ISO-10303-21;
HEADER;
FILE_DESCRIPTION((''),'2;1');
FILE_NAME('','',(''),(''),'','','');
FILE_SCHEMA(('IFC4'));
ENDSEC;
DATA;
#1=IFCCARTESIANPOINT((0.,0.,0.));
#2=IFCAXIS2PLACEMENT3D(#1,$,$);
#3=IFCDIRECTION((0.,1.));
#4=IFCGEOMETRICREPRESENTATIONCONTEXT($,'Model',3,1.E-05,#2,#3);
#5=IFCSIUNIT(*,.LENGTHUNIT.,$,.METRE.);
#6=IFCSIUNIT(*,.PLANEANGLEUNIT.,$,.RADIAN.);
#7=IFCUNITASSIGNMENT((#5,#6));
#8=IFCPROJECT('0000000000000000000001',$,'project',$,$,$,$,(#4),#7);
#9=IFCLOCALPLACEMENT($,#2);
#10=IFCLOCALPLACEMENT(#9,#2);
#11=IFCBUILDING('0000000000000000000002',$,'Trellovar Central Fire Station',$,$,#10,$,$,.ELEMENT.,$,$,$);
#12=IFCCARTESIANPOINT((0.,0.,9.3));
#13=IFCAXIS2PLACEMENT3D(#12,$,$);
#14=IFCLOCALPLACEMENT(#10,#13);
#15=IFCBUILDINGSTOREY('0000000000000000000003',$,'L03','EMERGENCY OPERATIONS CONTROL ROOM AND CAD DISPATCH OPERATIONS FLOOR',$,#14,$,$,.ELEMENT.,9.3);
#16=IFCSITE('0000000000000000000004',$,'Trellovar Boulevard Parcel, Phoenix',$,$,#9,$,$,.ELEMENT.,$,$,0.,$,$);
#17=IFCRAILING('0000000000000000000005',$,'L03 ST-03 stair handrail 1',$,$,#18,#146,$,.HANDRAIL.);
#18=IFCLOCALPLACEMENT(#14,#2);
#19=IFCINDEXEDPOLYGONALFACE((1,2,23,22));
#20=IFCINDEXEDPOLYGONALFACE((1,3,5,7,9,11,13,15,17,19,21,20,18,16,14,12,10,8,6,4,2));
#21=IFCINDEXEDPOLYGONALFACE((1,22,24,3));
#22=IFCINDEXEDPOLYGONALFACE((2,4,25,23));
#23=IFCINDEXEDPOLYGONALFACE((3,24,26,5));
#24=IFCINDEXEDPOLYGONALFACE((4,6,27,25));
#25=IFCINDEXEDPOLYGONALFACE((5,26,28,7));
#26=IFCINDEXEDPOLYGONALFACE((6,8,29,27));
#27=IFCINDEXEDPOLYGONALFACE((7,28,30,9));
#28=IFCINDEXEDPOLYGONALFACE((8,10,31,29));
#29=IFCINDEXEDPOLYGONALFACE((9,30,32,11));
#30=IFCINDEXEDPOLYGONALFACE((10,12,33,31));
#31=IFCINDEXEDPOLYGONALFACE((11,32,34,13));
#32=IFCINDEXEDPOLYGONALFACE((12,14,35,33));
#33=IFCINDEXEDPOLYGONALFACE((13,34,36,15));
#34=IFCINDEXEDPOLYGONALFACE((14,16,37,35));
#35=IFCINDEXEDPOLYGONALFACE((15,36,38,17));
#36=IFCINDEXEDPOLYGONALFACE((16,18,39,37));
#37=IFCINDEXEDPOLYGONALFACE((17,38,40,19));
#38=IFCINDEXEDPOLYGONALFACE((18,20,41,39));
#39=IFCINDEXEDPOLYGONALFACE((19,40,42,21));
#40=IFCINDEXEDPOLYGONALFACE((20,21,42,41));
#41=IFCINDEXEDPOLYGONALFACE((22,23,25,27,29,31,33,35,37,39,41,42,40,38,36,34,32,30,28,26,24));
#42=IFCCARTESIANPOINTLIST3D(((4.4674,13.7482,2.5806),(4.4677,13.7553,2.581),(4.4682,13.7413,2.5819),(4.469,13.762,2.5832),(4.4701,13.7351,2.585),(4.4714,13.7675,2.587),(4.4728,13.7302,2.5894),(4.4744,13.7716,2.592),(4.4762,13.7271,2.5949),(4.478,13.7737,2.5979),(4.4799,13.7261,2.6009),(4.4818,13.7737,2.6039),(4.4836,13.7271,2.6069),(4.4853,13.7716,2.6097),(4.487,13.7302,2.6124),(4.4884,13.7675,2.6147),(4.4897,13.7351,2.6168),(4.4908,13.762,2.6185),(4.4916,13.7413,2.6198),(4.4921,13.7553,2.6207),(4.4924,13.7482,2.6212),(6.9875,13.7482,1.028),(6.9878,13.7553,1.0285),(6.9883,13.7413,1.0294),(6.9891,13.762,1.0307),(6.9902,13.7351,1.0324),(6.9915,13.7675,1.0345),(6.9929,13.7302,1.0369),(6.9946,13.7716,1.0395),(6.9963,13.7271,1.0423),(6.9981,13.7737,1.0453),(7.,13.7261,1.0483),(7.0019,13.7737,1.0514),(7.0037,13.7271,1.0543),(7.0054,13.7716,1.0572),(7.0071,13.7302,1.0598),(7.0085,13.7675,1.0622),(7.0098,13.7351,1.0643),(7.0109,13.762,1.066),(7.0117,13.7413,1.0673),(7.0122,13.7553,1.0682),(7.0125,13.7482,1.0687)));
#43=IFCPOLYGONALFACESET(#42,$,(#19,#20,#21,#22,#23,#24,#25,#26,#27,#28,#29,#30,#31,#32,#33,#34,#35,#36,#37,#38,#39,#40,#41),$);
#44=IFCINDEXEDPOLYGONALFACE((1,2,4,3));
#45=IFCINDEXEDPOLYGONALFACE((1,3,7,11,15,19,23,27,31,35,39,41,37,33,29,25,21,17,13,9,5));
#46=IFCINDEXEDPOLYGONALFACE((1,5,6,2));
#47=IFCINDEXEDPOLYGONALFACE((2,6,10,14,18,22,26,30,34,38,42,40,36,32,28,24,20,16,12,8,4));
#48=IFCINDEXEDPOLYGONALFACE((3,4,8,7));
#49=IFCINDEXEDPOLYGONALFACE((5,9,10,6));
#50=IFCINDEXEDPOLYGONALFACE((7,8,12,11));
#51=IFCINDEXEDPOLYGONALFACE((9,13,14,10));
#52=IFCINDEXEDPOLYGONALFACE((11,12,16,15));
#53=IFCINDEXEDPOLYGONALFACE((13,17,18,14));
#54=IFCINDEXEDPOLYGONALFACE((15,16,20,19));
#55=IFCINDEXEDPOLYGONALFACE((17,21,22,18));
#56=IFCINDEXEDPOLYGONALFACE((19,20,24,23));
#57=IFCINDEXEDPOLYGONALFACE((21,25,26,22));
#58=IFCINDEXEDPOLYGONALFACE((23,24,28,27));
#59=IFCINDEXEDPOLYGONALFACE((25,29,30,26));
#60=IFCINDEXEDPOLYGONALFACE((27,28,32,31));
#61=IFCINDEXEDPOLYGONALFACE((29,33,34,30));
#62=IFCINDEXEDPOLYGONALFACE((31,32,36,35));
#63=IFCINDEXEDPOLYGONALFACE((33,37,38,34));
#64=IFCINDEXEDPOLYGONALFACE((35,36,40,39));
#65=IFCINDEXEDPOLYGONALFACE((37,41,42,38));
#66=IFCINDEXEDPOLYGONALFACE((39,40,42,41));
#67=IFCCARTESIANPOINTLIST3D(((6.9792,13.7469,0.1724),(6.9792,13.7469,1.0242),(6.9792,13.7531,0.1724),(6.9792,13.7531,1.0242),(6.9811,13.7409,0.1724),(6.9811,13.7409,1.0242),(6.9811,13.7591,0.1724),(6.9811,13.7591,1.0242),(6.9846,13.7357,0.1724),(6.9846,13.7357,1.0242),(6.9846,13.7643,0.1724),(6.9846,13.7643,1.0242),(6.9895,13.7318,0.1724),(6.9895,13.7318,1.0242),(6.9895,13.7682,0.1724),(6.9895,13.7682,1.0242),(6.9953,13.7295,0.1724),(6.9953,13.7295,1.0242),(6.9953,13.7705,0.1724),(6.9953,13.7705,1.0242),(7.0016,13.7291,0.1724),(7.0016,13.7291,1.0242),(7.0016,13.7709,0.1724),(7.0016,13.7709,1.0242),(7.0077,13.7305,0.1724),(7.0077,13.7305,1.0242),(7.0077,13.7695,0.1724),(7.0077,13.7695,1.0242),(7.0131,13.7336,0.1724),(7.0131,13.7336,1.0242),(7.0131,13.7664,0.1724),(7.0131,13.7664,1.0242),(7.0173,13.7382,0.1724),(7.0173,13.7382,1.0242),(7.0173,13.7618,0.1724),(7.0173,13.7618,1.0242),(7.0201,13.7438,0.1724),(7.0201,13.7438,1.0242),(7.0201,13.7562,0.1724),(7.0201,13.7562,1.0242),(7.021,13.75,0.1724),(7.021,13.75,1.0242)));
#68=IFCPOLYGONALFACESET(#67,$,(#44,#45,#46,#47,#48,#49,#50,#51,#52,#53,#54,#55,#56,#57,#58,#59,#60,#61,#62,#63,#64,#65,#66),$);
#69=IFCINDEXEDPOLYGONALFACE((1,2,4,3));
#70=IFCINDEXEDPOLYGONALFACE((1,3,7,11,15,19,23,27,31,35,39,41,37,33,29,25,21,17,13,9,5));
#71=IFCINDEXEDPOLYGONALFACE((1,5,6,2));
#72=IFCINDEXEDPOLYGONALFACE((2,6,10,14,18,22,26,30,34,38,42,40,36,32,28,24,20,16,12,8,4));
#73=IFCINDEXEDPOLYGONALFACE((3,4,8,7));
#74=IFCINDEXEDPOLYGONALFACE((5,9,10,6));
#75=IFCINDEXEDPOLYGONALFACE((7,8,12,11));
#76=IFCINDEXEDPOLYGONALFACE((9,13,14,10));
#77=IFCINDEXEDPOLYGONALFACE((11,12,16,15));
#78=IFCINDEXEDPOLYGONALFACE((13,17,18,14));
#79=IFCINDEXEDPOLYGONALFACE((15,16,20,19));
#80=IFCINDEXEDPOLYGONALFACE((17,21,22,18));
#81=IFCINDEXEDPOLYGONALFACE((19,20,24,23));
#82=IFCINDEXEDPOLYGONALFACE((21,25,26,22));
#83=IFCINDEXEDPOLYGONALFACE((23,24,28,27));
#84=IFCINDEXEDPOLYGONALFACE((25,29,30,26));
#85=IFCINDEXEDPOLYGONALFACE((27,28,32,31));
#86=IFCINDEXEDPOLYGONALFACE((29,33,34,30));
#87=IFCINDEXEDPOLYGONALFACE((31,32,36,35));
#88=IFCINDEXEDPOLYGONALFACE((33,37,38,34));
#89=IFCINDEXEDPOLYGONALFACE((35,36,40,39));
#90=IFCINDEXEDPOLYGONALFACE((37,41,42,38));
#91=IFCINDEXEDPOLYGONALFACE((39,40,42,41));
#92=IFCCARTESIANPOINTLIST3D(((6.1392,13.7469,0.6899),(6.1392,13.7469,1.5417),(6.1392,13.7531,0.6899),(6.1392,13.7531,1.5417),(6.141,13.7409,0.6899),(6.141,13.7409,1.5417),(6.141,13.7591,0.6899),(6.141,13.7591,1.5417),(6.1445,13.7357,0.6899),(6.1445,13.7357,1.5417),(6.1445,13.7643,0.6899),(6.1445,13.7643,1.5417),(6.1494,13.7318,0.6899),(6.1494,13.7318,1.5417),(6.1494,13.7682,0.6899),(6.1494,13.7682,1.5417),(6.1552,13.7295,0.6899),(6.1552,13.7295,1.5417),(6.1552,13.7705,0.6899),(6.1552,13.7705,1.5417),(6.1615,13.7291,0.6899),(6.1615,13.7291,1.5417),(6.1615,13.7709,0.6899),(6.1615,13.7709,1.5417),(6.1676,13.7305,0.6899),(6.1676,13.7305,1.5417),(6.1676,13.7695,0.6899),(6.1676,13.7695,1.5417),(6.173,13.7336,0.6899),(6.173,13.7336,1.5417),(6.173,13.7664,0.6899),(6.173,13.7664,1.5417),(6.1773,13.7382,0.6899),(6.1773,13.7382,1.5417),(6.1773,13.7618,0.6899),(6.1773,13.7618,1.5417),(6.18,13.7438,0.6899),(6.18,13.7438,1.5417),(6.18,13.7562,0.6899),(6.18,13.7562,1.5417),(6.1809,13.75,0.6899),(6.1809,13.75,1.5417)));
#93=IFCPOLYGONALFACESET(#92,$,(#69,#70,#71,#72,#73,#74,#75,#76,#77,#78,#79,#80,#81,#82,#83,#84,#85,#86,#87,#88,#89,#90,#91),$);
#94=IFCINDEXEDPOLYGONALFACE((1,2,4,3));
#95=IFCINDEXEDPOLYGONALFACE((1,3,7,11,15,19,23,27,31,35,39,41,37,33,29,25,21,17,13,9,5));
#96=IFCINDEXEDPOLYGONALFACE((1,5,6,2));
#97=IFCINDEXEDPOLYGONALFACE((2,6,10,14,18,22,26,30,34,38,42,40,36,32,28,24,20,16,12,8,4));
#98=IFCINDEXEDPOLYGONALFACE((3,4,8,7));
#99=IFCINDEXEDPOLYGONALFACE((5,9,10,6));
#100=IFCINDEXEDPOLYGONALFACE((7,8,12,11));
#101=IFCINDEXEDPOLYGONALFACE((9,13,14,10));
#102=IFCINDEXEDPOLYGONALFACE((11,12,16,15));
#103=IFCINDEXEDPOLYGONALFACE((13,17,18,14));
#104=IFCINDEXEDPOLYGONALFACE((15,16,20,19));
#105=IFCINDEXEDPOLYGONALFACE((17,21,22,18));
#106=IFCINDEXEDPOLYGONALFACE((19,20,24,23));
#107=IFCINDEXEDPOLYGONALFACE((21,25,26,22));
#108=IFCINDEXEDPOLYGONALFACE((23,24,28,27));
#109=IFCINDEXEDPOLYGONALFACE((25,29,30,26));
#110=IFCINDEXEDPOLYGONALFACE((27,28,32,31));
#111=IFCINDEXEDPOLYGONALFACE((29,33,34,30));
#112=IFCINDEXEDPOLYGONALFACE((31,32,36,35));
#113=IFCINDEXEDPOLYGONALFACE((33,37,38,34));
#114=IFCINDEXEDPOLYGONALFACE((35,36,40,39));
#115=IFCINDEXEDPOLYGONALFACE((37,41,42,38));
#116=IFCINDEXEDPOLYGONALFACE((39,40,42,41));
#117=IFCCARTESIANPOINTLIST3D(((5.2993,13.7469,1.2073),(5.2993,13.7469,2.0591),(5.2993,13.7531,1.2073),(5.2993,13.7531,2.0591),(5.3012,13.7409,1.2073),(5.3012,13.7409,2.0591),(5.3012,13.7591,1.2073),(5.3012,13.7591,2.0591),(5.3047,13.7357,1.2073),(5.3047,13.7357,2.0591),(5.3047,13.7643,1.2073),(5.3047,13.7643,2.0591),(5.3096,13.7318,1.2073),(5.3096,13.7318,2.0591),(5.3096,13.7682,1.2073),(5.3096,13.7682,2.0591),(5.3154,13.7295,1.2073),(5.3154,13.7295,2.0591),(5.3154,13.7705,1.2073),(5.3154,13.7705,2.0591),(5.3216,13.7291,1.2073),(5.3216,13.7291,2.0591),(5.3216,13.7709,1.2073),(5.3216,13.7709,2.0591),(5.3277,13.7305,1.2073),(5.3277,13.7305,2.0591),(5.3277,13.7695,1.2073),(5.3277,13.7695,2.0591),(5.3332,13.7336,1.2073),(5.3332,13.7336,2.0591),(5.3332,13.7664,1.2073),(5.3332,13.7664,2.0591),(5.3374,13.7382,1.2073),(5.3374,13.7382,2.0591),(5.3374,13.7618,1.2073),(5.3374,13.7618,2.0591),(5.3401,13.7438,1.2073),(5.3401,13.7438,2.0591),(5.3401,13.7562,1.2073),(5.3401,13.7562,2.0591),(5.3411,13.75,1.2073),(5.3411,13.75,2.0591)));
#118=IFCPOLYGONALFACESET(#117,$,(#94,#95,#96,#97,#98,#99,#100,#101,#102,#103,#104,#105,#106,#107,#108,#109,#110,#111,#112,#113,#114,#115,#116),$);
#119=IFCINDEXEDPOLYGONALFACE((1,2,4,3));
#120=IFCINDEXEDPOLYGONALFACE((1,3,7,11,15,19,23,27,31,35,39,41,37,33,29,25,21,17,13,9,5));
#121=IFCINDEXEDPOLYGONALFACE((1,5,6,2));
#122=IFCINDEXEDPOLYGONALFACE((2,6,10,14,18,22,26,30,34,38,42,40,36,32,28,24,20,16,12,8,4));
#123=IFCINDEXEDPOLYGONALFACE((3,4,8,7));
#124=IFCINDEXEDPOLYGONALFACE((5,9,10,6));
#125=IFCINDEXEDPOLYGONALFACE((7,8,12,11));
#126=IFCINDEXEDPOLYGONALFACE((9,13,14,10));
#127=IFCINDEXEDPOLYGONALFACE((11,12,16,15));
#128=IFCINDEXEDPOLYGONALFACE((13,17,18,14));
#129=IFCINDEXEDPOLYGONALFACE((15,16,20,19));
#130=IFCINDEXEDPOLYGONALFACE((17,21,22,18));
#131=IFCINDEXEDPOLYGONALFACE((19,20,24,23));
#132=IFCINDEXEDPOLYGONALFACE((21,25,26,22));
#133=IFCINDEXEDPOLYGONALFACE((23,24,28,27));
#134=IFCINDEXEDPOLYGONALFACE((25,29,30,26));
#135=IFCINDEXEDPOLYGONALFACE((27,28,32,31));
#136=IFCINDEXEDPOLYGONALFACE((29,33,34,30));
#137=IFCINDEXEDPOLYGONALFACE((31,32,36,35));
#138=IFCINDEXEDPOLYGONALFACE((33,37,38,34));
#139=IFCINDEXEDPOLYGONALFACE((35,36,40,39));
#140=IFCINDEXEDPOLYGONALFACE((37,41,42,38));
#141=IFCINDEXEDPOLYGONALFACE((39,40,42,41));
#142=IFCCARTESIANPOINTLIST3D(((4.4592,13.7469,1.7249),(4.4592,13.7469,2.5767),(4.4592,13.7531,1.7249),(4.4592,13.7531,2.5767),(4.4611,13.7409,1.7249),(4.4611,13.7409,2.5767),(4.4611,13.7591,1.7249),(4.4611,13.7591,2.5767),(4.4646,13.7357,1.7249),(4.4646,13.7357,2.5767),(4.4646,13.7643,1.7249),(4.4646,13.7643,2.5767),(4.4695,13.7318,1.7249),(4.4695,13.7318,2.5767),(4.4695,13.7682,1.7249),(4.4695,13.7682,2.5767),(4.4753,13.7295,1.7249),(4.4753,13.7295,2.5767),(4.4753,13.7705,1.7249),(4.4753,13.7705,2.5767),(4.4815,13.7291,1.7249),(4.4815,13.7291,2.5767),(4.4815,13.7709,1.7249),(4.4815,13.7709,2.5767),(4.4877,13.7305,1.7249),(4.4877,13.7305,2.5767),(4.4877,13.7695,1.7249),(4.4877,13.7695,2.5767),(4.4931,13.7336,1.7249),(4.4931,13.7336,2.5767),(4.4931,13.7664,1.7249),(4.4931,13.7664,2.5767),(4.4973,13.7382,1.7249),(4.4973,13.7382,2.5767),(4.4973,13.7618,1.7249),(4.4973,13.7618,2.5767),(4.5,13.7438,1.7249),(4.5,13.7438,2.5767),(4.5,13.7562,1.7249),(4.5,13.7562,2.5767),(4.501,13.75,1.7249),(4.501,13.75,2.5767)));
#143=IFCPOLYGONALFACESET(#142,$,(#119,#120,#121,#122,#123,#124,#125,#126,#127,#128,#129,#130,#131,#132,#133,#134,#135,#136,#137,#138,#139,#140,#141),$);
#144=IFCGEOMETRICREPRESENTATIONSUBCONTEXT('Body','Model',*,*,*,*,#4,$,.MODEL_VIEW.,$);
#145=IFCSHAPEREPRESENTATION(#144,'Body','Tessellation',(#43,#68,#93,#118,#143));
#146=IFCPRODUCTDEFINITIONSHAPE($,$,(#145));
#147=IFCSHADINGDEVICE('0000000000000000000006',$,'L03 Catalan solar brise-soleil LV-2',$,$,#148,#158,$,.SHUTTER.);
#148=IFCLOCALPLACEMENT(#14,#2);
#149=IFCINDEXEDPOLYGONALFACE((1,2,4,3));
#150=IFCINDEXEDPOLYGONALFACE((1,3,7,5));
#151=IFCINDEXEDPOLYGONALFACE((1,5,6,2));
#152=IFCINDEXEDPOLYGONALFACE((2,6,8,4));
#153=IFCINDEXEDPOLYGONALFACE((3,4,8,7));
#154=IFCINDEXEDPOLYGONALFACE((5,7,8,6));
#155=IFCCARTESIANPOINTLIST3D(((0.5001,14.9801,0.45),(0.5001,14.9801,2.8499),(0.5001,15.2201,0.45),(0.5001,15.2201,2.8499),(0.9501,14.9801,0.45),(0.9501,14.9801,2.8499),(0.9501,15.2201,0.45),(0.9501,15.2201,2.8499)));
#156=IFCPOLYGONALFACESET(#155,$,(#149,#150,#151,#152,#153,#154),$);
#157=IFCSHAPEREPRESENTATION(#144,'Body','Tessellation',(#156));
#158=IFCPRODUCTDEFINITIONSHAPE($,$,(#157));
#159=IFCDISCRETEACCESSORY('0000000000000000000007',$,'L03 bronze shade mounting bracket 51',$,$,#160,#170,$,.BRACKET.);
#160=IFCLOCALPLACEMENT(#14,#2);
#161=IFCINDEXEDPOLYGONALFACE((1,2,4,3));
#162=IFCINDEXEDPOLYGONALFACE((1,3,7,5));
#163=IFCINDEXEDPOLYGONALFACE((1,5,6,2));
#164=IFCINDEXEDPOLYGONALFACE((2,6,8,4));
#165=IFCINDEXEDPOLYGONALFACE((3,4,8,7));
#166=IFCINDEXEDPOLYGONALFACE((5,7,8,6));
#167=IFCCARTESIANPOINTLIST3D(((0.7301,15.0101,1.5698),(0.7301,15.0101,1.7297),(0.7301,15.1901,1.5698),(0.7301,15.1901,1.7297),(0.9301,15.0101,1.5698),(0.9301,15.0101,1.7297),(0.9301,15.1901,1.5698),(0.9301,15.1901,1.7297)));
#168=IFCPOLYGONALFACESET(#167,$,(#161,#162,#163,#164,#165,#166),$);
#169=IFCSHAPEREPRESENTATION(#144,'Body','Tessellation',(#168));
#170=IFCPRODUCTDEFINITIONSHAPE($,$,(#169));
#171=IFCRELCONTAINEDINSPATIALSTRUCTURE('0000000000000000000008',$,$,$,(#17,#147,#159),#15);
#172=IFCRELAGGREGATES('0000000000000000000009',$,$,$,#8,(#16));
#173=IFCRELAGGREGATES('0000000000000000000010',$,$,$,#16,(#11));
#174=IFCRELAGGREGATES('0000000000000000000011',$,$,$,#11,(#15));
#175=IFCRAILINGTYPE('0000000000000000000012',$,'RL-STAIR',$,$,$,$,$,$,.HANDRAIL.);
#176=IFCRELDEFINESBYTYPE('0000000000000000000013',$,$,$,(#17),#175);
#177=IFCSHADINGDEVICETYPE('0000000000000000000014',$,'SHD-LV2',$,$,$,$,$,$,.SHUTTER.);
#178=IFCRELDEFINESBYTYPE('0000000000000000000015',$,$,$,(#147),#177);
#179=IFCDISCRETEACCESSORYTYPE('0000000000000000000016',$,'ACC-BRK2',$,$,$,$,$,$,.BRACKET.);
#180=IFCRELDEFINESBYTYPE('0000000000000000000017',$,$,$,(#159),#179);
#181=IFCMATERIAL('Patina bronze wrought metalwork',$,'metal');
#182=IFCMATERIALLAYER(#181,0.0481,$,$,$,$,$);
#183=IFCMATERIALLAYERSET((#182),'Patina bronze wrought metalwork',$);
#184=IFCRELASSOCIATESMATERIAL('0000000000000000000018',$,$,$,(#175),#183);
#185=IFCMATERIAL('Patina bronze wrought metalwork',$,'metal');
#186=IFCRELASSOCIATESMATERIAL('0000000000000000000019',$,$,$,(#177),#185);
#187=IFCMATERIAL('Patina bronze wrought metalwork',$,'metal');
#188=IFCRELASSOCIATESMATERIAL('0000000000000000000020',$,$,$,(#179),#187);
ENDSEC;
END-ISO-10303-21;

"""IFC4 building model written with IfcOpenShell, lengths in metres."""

from ifc_helpers import new_model, si_unit, direction, frame, origin, origin_2d, place, context, subcontext, project, spatial, rectangle, circle, extrude, material, layer, layer_set, type_object, element, save


model = new_model("IFC4")

# Units and contexts
model_context = context("Model", 3, precision=1e-05, world=origin(), true_north=direction((0.0, 1.0)))
body_context = subcontext(model_context, "Body", "Model", "MODEL_VIEW")
ifc_project = project(units=[si_unit("LENGTHUNIT", "METRE"), si_unit("PLANEANGLEUNIT", "RADIAN")], contexts=[model_context])

# Site, building, storey
site_placement = place(None, origin())
site = spatial("IfcSite", under=ifc_project, at=site_placement, Name="Trellovar Boulevard Parcel, Phoenix", CompositionType="ELEMENT", RefElevation=0.0)
building_placement = place(site_placement, origin())
building = spatial("IfcBuilding", under=site, at=building_placement, Name="Trellovar Central Fire Station", CompositionType="ELEMENT")
storey_placement = place(building_placement, frame((0.0, 0.0, 9.3)))
storey = spatial("IfcBuildingStorey", under=building, at=storey_placement, Name="L03", Description="EMERGENCY OPERATIONS CONTROL ROOM AND CAD DISPATCH OPERATIONS FLOOR", CompositionType="ELEMENT", Elevation=9.3)

# Railing
ifc_material_1 = material(Name="Patina bronze wrought metalwork", Category="metal")
ifc_layer_1 = layer(ifc_material_1, 0.0481)
ifc_layer_set_1 = layer_set([ifc_layer_1], Name="Patina bronze wrought metalwork")
railing_type = type_object("IfcRailingType", Name="RL-STAIR", PredefinedType="HANDRAIL", material=ifc_layer_set_1)
railing_placement = place(storey_placement, frame((7.0, 13.75, 0.1724)))
element("IfcRailing", 1, at=railing_placement, inside=storey, type_object=railing_type, Name="L03 ST-03 stair handrail 1", PredefinedType="HANDRAIL", context=body_context, shape_type="SweptSolid", body=[
    extrude(circle(Radius=0.0239, at=origin_2d()), frame((0.0, 0.0, 0.876), z_axis=(-0.8514, 0.0, 0.524516), x_axis=(0.0, -1.0, 0.0)), (0.0, 0.0, 1.0), 2.96),
    extrude(circle(Radius=0.021, at=origin_2d()), origin(), (0.0, 0.0, 1.0), 0.8518),
    extrude(circle(Radius=0.021, at=origin_2d()), frame((-0.8401, 0.0, 0.5176)), (0.0, 0.0, 1.0), 0.8518),
    extrude(circle(Radius=0.021, at=origin_2d()), frame((-1.6799, 0.0, 1.0349)), (0.0, 0.0, 1.0), 0.8518),
    extrude(circle(Radius=0.021, at=origin_2d()), frame((-2.52, 0.0, 1.5525)), (0.0, 0.0, 1.0), 0.8518),
])

# Shading device
ifc_material_2 = material(Name="Patina bronze wrought metalwork", Category="metal")
shading_device_type = type_object("IfcShadingDeviceType", Name="SHD-LV2", PredefinedType="SHUTTER", material=ifc_material_2)
shading_device_placement = place(storey_placement, frame((0.7251, 15.1001, 0.45), z_axis=(0.0, 0.0, 1.0), x_axis=(1.0, 0.0, 0.0)))
element("IfcShadingDevice", 2, at=shading_device_placement, inside=storey, type_object=shading_device_type, Name="L03 Catalan solar brise-soleil LV-2", PredefinedType="SHUTTER", context=body_context, shape_type="SweptSolid", body=[
    extrude(rectangle(XDim=0.45, YDim=0.24, at=origin_2d()), origin(), (0.0, 0.0, 1.0), 2.3999),
])

# Discrete accessory
ifc_material_3 = material(Name="Patina bronze wrought metalwork", Category="metal")
discrete_accessory_type = type_object("IfcDiscreteAccessoryType", Name="ACC-BRK2", PredefinedType="BRACKET", material=ifc_material_3)
discrete_accessory_placement = place(storey_placement, frame((0.8301, 15.1001, 1.5698), z_axis=(0.0, 0.0, 1.0), x_axis=(1.0, 0.0, 0.0)))
element("IfcDiscreteAccessory", 3, at=discrete_accessory_placement, inside=storey, type_object=discrete_accessory_type, Name="L03 bronze shade mounting bracket 51", PredefinedType="BRACKET", context=body_context, shape_type="SweptSolid", body=[
    extrude(rectangle(XDim=0.2, YDim=0.1799, at=origin_2d()), origin(), (0.0, 0.0, 1.0), 0.1599),
])

save(model, "model.ifc")
